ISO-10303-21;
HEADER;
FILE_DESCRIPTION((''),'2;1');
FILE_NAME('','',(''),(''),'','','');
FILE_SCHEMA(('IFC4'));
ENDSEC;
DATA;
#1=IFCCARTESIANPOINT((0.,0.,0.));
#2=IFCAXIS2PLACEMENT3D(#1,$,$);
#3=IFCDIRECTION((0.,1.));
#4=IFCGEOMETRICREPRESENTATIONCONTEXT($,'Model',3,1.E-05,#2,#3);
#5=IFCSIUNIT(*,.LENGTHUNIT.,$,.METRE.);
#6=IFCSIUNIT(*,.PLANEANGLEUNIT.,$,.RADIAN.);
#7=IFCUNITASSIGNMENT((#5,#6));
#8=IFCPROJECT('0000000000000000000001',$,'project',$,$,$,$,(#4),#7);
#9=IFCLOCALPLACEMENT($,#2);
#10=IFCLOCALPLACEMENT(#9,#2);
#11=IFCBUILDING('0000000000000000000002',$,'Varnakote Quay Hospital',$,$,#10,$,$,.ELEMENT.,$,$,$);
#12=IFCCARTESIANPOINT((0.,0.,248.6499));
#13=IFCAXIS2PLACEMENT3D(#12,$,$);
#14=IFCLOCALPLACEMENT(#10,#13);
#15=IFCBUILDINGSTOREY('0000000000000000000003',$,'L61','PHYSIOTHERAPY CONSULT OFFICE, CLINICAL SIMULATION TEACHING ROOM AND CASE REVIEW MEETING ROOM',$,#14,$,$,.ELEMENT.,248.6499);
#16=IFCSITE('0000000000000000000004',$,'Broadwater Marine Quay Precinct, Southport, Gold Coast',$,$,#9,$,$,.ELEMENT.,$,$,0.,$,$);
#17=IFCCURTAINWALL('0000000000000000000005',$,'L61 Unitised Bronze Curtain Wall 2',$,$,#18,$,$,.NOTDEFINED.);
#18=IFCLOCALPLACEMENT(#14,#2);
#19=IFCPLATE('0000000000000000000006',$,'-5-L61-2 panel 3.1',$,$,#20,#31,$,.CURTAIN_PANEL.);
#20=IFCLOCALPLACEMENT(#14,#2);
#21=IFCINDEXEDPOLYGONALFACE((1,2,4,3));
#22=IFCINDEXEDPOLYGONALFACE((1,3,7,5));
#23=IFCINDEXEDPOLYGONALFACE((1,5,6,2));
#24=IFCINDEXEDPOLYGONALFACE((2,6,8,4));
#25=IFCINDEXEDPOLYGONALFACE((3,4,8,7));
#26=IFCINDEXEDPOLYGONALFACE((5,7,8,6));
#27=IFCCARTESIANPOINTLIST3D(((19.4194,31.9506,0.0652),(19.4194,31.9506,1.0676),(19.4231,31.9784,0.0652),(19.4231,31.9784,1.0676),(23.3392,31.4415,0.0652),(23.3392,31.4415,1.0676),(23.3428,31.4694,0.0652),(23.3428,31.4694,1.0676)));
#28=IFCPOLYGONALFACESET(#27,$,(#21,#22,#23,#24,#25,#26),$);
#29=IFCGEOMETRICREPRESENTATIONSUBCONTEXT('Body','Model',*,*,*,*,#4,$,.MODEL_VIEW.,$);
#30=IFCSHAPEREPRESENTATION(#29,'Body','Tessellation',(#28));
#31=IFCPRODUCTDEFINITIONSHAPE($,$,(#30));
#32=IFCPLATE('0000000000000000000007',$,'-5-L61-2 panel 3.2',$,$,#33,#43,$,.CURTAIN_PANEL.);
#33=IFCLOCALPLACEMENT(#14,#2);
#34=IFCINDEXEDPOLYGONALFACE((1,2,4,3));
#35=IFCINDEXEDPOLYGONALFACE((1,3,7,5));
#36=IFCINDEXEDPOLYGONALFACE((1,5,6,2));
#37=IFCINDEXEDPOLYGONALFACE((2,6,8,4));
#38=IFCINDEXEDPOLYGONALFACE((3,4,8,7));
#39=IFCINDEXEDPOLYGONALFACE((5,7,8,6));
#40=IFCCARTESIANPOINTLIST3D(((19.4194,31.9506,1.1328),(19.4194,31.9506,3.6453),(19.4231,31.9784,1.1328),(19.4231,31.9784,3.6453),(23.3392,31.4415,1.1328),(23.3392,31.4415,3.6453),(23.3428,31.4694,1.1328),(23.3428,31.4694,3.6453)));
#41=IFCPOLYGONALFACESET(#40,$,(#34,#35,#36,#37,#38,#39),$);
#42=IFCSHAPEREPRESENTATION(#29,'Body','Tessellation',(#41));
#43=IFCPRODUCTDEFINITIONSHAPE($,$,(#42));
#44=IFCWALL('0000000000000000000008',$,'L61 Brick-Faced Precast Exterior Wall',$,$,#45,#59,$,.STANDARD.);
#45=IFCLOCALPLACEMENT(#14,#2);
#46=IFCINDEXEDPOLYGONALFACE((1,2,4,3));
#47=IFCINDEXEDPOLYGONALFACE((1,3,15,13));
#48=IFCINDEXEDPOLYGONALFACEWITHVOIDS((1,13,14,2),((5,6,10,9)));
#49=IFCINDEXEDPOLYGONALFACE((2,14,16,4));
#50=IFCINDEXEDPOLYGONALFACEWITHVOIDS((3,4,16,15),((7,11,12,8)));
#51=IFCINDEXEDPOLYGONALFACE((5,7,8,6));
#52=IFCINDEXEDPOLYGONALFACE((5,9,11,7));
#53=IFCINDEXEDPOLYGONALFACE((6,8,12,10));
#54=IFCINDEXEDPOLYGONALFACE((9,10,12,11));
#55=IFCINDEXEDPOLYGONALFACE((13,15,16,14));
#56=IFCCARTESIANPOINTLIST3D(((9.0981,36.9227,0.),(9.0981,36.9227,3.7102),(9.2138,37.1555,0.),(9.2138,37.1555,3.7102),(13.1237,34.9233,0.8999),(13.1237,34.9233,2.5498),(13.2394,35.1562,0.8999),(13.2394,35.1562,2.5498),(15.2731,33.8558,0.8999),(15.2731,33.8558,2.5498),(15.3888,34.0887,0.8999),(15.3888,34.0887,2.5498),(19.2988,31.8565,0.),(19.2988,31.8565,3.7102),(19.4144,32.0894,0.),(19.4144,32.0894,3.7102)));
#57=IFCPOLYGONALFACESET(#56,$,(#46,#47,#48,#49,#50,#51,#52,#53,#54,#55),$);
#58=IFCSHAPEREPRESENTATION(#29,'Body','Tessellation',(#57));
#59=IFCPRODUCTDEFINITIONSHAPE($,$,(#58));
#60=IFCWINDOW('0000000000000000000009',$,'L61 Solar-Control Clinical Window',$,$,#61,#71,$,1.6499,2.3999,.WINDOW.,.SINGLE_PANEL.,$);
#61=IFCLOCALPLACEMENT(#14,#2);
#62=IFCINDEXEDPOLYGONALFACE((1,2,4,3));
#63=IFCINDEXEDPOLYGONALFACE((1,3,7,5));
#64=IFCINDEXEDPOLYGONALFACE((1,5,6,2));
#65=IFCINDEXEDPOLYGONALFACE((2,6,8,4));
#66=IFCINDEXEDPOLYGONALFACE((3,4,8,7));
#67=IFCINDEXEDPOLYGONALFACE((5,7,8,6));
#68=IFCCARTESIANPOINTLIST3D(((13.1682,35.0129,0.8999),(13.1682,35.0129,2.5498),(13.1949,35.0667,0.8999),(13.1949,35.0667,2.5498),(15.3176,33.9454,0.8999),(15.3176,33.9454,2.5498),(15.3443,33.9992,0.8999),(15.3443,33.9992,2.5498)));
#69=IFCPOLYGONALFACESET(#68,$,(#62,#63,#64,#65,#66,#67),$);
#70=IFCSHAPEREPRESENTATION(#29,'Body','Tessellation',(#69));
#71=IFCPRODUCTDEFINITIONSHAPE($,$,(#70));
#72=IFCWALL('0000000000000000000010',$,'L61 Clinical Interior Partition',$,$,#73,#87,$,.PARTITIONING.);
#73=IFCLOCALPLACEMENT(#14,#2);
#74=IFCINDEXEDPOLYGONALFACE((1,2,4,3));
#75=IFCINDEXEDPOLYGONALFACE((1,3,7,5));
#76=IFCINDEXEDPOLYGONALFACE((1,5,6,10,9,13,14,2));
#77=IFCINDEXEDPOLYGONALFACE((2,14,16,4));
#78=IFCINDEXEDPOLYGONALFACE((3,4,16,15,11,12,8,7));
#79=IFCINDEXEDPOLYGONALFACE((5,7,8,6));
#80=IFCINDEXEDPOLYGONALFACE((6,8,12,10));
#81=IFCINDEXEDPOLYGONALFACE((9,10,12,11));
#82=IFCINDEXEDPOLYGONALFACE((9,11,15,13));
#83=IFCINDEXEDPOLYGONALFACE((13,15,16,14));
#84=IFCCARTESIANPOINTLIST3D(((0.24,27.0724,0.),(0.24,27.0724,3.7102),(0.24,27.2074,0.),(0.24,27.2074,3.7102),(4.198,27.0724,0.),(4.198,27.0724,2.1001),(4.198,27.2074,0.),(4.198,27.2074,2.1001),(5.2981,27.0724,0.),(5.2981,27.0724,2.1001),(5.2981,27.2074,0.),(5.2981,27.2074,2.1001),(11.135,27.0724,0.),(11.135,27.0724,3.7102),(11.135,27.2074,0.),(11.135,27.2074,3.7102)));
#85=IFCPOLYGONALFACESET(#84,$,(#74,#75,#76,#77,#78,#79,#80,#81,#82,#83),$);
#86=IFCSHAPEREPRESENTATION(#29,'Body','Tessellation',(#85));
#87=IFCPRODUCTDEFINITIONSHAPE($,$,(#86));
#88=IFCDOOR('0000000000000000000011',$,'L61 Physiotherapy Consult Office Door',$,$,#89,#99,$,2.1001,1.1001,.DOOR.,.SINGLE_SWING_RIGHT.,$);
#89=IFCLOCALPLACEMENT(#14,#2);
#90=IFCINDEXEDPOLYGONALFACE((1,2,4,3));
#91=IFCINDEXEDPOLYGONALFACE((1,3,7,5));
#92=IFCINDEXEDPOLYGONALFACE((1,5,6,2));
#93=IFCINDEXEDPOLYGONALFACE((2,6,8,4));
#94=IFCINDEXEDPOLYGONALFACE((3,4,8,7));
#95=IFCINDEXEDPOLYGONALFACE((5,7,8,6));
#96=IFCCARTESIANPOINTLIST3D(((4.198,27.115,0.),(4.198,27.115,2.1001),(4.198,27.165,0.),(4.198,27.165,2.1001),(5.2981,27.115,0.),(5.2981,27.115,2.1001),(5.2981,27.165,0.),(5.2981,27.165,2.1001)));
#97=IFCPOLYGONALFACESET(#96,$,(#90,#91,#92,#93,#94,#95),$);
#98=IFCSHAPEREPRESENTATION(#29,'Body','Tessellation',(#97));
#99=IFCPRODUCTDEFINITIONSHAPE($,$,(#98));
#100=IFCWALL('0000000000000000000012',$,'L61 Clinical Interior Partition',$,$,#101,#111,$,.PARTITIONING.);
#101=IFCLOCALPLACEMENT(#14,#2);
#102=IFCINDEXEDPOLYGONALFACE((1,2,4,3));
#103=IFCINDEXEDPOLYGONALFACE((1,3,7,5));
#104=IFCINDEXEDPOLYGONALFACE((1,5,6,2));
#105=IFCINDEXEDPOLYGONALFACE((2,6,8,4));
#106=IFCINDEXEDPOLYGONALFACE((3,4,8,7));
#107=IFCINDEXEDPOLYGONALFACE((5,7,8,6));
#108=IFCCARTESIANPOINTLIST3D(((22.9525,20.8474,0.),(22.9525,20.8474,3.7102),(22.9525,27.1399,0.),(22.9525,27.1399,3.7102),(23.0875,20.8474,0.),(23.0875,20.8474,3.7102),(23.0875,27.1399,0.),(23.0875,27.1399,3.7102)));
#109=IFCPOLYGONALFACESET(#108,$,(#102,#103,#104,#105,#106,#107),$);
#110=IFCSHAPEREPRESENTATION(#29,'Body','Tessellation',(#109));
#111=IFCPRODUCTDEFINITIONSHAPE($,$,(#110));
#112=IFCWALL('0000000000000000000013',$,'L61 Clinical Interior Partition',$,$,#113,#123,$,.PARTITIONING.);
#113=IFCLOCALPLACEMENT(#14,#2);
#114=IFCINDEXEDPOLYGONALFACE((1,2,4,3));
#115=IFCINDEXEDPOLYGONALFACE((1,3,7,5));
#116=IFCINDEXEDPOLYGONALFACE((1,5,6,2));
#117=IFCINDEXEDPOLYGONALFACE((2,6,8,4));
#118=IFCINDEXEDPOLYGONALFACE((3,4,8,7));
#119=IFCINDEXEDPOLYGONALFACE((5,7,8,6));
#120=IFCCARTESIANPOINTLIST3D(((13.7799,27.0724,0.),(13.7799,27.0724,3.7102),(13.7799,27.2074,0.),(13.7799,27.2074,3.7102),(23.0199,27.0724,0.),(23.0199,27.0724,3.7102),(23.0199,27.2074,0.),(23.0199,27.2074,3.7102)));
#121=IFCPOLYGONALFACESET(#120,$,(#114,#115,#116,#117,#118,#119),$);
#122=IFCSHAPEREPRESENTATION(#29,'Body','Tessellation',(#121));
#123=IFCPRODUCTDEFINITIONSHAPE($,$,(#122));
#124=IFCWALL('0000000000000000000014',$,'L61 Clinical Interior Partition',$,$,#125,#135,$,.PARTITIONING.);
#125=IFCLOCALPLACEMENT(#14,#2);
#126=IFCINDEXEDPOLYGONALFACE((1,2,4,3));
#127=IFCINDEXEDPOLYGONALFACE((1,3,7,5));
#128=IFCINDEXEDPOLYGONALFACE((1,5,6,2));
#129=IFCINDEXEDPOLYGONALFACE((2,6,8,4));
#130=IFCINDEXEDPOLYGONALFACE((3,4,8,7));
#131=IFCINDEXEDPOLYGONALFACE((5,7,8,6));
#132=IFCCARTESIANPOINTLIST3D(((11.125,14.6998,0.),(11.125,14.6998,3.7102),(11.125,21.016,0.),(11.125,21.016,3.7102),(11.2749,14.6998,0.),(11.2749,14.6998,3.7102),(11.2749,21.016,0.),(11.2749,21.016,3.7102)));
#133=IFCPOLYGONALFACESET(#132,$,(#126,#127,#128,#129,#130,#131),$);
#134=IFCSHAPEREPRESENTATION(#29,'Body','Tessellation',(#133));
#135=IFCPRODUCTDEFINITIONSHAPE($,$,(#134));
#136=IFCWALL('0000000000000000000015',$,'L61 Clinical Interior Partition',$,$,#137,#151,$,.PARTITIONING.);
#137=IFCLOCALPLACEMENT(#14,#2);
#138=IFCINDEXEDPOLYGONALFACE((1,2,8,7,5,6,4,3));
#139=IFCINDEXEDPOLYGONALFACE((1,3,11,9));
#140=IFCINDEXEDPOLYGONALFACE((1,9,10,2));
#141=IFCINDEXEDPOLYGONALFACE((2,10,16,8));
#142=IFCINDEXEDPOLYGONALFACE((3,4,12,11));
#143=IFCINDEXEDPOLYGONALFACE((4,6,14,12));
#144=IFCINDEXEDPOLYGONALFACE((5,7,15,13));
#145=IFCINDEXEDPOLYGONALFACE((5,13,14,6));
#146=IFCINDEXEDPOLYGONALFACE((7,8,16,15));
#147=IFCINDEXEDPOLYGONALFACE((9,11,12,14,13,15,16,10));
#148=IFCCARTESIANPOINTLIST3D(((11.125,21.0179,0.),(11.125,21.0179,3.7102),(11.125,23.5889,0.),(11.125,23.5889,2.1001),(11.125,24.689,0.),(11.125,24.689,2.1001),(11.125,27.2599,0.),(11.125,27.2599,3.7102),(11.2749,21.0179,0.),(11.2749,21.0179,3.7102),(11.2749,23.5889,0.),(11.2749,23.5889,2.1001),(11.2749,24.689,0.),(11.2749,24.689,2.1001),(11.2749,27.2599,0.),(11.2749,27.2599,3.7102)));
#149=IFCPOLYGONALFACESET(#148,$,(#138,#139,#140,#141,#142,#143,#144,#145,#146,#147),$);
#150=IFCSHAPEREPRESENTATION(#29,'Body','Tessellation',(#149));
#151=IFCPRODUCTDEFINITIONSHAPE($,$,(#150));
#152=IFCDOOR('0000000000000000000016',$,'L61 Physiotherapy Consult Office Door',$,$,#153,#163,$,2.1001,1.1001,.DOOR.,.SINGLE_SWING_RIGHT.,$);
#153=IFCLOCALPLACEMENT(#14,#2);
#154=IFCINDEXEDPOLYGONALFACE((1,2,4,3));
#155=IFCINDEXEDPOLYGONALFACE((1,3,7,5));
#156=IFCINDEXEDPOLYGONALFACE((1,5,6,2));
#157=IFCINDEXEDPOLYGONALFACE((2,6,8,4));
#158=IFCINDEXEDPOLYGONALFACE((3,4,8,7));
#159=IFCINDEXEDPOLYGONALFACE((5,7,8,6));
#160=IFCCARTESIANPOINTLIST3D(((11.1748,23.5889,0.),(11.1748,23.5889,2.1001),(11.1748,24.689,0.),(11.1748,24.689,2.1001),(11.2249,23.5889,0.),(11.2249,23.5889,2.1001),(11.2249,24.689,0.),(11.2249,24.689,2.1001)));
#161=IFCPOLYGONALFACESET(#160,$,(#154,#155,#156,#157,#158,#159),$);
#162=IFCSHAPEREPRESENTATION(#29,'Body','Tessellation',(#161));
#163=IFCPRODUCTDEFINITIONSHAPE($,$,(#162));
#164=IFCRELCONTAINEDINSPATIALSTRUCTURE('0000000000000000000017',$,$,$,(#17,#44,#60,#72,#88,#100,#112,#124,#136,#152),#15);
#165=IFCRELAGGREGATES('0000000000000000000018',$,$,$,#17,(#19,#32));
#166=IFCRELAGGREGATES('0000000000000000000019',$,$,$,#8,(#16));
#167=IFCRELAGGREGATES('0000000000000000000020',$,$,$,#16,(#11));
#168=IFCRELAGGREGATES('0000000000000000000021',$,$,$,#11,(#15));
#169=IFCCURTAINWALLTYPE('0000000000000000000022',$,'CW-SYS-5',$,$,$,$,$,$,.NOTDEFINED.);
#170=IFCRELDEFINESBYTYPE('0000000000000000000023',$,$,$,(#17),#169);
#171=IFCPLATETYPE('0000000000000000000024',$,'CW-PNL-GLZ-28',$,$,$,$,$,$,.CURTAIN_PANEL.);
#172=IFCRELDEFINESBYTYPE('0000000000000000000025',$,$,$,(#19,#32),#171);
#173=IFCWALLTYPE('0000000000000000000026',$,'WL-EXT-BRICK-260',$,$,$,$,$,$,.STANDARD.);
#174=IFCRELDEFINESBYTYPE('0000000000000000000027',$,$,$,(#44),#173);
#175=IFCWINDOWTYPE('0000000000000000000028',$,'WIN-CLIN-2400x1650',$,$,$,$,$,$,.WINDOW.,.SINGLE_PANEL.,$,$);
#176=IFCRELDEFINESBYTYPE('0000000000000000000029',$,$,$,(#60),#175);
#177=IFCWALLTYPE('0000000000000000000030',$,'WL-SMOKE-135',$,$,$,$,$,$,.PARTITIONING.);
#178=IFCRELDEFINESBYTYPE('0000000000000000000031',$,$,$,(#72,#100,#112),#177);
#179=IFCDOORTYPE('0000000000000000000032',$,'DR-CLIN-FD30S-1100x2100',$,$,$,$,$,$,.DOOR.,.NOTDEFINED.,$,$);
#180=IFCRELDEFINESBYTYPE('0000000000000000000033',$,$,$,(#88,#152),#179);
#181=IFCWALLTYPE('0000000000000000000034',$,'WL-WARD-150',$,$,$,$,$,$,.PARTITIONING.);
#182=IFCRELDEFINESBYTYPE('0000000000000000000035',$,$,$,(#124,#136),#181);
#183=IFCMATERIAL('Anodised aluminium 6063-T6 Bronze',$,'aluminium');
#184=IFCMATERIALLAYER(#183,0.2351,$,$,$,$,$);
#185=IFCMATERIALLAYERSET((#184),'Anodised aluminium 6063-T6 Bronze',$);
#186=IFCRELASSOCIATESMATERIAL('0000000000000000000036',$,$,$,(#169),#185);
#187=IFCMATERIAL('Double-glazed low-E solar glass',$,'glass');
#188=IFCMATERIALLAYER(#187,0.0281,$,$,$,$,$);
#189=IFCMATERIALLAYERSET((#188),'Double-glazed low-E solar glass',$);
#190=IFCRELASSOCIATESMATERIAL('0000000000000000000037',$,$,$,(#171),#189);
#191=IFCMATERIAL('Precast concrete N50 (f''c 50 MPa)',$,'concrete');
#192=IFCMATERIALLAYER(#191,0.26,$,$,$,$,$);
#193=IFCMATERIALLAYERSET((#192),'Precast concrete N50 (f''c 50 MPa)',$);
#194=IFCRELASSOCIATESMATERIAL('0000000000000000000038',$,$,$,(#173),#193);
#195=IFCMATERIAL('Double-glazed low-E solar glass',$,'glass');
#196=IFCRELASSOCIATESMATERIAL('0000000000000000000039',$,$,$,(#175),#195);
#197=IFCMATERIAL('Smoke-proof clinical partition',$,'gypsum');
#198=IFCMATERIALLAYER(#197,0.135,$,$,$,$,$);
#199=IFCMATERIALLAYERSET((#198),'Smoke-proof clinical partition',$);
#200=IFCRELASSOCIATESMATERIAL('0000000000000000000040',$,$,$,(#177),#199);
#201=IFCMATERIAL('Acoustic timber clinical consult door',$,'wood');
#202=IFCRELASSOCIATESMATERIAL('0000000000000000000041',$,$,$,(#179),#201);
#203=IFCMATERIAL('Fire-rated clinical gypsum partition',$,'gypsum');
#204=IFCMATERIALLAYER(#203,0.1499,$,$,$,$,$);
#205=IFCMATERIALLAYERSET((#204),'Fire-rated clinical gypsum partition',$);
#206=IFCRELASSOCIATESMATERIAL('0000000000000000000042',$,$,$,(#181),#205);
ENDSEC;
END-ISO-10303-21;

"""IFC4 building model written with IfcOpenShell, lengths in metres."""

from ifc_helpers import new_model, si_unit, direction, frame, frame_2d, origin, origin_2d, place, context, subcontext, project, spatial, rectangle, extrude, material, layer, layer_set, type_object, element, fill, aggregate, save


model = new_model("IFC4")

# Units and contexts
model_context = context("Model", 3, precision=1e-05, world=origin(), true_north=direction((0.0, 1.0)))
body_context = subcontext(model_context, "Body", "Model", "MODEL_VIEW")
ifc_project = project(units=[si_unit("LENGTHUNIT", "METRE"), si_unit("PLANEANGLEUNIT", "RADIAN")], contexts=[model_context])

# Site, building, storey
site_placement = place(None, origin())
site = spatial("IfcSite", under=ifc_project, at=site_placement, Name="Broadwater Marine Quay Precinct, Southport, Gold Coast", CompositionType="ELEMENT", RefElevation=0.0)
building_placement = place(site_placement, origin())
building = spatial("IfcBuilding", under=site, at=building_placement, Name="Varnakote Quay Hospital", CompositionType="ELEMENT")
storey_placement = place(building_placement, frame((0.0, 0.0, 248.6499)))
storey = spatial("IfcBuildingStorey", under=building, at=storey_placement, Name="L61", Description="PHYSIOTHERAPY CONSULT OFFICE, CLINICAL SIMULATION TEACHING ROOM AND CASE REVIEW MEETING ROOM", CompositionType="ELEMENT", Elevation=248.6499)

# Curtain wall
ifc_material_1 = material(Name="Anodised aluminium 6063-T6 Bronze", Category="aluminium")
ifc_layer_1 = layer(ifc_material_1, 0.2351)
ifc_layer_set_1 = layer_set([ifc_layer_1], Name="Anodised aluminium 6063-T6 Bronze")
curtain_wall_type = type_object("IfcCurtainWallType", Name="CW-SYS-5", PredefinedType="NOTDEFINED", material=ifc_layer_set_1)
curtain_wall_placement = place(storey_placement, origin())
curtain_wall = element("IfcCurtainWall", 1, at=curtain_wall_placement, inside=storey, type_object=curtain_wall_type, Name="L61 Unitised Bronze Curtain Wall 2", PredefinedType="NOTDEFINED")

# Plates
ifc_material_2 = material(Name="Double-glazed low-E solar glass", Category="glass")
ifc_layer_2 = layer(ifc_material_2, 0.0281)
ifc_layer_set_2 = layer_set([ifc_layer_2], Name="Double-glazed low-E solar glass")
plate_type = type_object("IfcPlateType", Name="CW-PNL-GLZ-28", PredefinedType="CURTAIN_PANEL", material=ifc_layer_set_2)
plate_1_placement = place(storey_placement, frame((21.3811, 31.71, 0.0652), z_axis=(0.0, 0.0, 1.0), x_axis=(-0.991672, 0.128787, 0.0)))
plate_1 = element("IfcPlate", 2, at=plate_1_placement, type_object=plate_type, Name="-5-L61-2 panel 3.1", PredefinedType="CURTAIN_PANEL", context=body_context, shape_type="SweptSolid", body=[
    extrude(rectangle(XDim=3.9526, YDim=0.0281, at=origin_2d()), origin(), (0.0, 0.0, 1.0), 1.0024),
])
plate_2_placement = place(storey_placement, frame((21.3811, 31.71, 1.1328), z_axis=(0.0, 0.0, 1.0), x_axis=(-0.991672, 0.128787, 0.0)))
plate_2 = element("IfcPlate", 3, at=plate_2_placement, type_object=plate_type, Name="-5-L61-2 panel 3.2", PredefinedType="CURTAIN_PANEL", context=body_context, shape_type="SweptSolid", body=[
    extrude(rectangle(XDim=3.9526, YDim=0.0281, at=origin_2d()), origin(), (0.0, 0.0, 1.0), 2.5125),
])
aggregate(curtain_wall, [plate_1, plate_2])

# Wall, opening, window
ifc_material_3 = material(Name="Precast concrete N50 (f'c 50 MPa)", Category="concrete")
ifc_layer_3 = layer(ifc_material_3, 0.26)
ifc_layer_set_3 = layer_set([ifc_layer_3], Name="Precast concrete N50 (f'c 50 MPa)")
wall_type_1 = type_object("IfcWallType", Name="WL-EXT-BRICK-260", PredefinedType="STANDARD", material=ifc_layer_set_3)
wall_1_placement = place(storey_placement, frame((19.3567, 31.9729, 0.0), z_axis=(0.0, 0.0, 1.0), x_axis=(-0.895624, 0.444811, 0.0)))
wall_1 = element("IfcWall", 4, at=wall_1_placement, inside=storey, type_object=wall_type_1, Name="L61 Brick-Faced Precast Exterior Wall", PredefinedType="STANDARD", context=body_context, shape_type="SweptSolid", body=[
    extrude(rectangle(XDim=11.3894, YDim=0.26, at=frame_2d((5.6948, 0.0))), origin(), (0.0, 0.0, 1.0), 3.7102),
])
opening_1_placement = place(wall_1_placement, frame((4.4949, 0.0, 0.8999)))
opening_1 = element("IfcOpeningElement", 5, at=opening_1_placement, cuts=wall_1, PredefinedType="OPENING", context=body_context, shape_type="SweptSolid", body=[
    extrude(rectangle(XDim=2.3999, YDim=1.6499, at=frame_2d((1.2, 0.825))), frame((0.0, 0.1399, 0.0), z_axis=(0.0, -1.0, 0.0), x_axis=(1.0, 0.0, 0.0)), (0.0, 0.0, 1.0), 0.28),
])
ifc_material_4 = material(Name="Double-glazed low-E solar glass", Category="glass")
window_type = type_object("IfcWindowType", Name="WIN-CLIN-2400x1650", PartitioningType="SINGLE_PANEL", PredefinedType="WINDOW", material=ifc_material_4)
window_placement = place(opening_1_placement, origin())
window = element("IfcWindow", 6, at=window_placement, inside=storey, type_object=window_type, Name="L61 Solar-Control Clinical Window", OverallHeight=1.6499, OverallWidth=2.3999, PartitioningType="SINGLE_PANEL", PredefinedType="WINDOW", context=body_context, shape_type="SweptSolid", body=[
    extrude(rectangle(XDim=2.3999, YDim=1.6499, at=frame_2d((1.2, 0.825))), frame((0.0, 0.03, 0.0), z_axis=(0.0, -1.0, 0.0), x_axis=(1.0, 0.0, 0.0)), (0.0, 0.0, 1.0), 0.0601),
])
fill(opening_1, window)

# Wall, opening, door
ifc_material_5 = material(Name="Smoke-proof clinical partition", Category="gypsum")
ifc_layer_4 = layer(ifc_material_5, 0.135)
ifc_layer_set_4 = layer_set([ifc_layer_4], Name="Smoke-proof clinical partition")
wall_type_2 = type_object("IfcWallType", Name="WL-SMOKE-135", PredefinedType="PARTITIONING", material=ifc_layer_set_4)
wall_2_placement = place(storey_placement, frame((11.135, 27.1399, 0.0), z_axis=(0.0, 0.0, 1.0), x_axis=(-1.0, 0.0, 0.0)))
wall_2 = element("IfcWall", 7, at=wall_2_placement, inside=storey, type_object=wall_type_2, Name="L61 Clinical Interior Partition", PredefinedType="PARTITIONING", context=body_context, shape_type="SweptSolid", body=[
    extrude(rectangle(XDim=10.895, YDim=0.135, at=frame_2d((5.4475, 0.0))), origin(), (0.0, 0.0, 1.0), 3.7102),
])
opening_2_placement = place(wall_2_placement, frame((5.8369, 0.0, 0.0)))
opening_2 = element("IfcOpeningElement", 8, at=opening_2_placement, cuts=wall_2, PredefinedType="OPENING", context=body_context, shape_type="SweptSolid", body=[
    extrude(rectangle(XDim=1.1001, YDim=2.1001, at=frame_2d((0.55, 1.05))), frame((0.0, 0.0774, 0.0), z_axis=(0.0, -1.0, 0.0), x_axis=(1.0, 0.0, 0.0)), (0.0, 0.0, 1.0), 0.155),
])
ifc_material_6 = material(Name="Acoustic timber clinical consult door", Category="wood")
door_type = type_object("IfcDoorType", Name="DR-CLIN-FD30S-1100x2100", OperationType="NOTDEFINED", PredefinedType="DOOR", material=ifc_material_6)
door_1_placement = place(opening_2_placement, origin())
door_1 = element("IfcDoor", 9, at=door_1_placement, inside=storey, type_object=door_type, Name="L61 Physiotherapy Consult Office Door", OperationType="SINGLE_SWING_RIGHT", OverallHeight=2.1001, OverallWidth=1.1001, PredefinedType="DOOR", context=body_context, shape_type="SweptSolid", body=[
    extrude(rectangle(XDim=1.1001, YDim=2.1001, at=frame_2d((0.55, 1.05))), frame((0.0, 0.0249, 0.0), z_axis=(0.0, -1.0, 0.0), x_axis=(1.0, 0.0, 0.0)), (0.0, 0.0, 1.0), 0.05),
])
fill(opening_2, door_1)

# Walls
wall_3_placement = place(storey_placement, frame((23.02, 20.8474, 0.0), z_axis=(0.0, 0.0, 1.0), x_axis=(0.0, 1.0, 0.0)))
element("IfcWall", 10, at=wall_3_placement, inside=storey, type_object=wall_type_2, Name="L61 Clinical Interior Partition", PredefinedType="PARTITIONING", context=body_context, shape_type="SweptSolid", body=[
    extrude(rectangle(XDim=6.2925, YDim=0.135, at=frame_2d((3.1462, 0.0))), origin(), (0.0, 0.0, 1.0), 3.7102),
])
wall_4_placement = place(storey_placement, frame((23.02, 27.1399, 0.0), z_axis=(0.0, 0.0, 1.0), x_axis=(-1.0, 0.0, 0.0)))
element("IfcWall", 11, at=wall_4_placement, inside=storey, type_object=wall_type_2, Name="L61 Clinical Interior Partition", PredefinedType="PARTITIONING", context=body_context, shape_type="SweptSolid", body=[
    extrude(rectangle(XDim=9.24, YDim=0.135, at=frame_2d((4.6201, 0.0))), origin(), (0.0, 0.0, 1.0), 3.7102),
])
ifc_material_7 = material(Name="Fire-rated clinical gypsum partition", Category="gypsum")
ifc_layer_5 = layer(ifc_material_7, 0.1499)
ifc_layer_set_5 = layer_set([ifc_layer_5], Name="Fire-rated clinical gypsum partition")
wall_type_3 = type_object("IfcWallType", Name="WL-WARD-150", PredefinedType="PARTITIONING", material=ifc_layer_set_5)
wall_5_placement = place(storey_placement, frame((11.2, 21.0161, 0.0), z_axis=(0.0, 0.0, 1.0), x_axis=(0.0, -1.0, 0.0)))
element("IfcWall", 12, at=wall_5_placement, inside=storey, type_object=wall_type_3, Name="L61 Clinical Interior Partition", PredefinedType="PARTITIONING", context=body_context, shape_type="SweptSolid", body=[
    extrude(rectangle(XDim=6.3162, YDim=0.1499, at=frame_2d((3.1582, 0.0))), origin(), (0.0, 0.0, 1.0), 3.7102),
])

# Wall, opening, door
wall_6_placement = place(storey_placement, frame((11.2, 27.26, 0.0), z_axis=(0.0, 0.0, 1.0), x_axis=(0.0, -1.0, 0.0)))
wall_6 = element("IfcWall", 13, at=wall_6_placement, inside=storey, type_object=wall_type_3, Name="L61 Clinical Interior Partition", PredefinedType="PARTITIONING", context=body_context, shape_type="SweptSolid", body=[
    extrude(rectangle(XDim=6.2419, YDim=0.1499, at=frame_2d((3.1211, 0.0))), origin(), (0.0, 0.0, 1.0), 3.7102),
])
opening_3_placement = place(wall_6_placement, frame((2.571, 0.0, 0.0)))
opening_3 = element("IfcOpeningElement", 14, at=opening_3_placement, cuts=wall_6, PredefinedType="OPENING", context=body_context, shape_type="SweptSolid", body=[
    extrude(rectangle(XDim=1.1001, YDim=2.1001, at=frame_2d((0.55, 1.05))), frame((0.0, 0.085, 0.0), z_axis=(0.0, -1.0, 0.0), x_axis=(1.0, 0.0, 0.0)), (0.0, 0.0, 1.0), 0.1699),
])
door_2_placement = place(opening_3_placement, origin())
door_2 = element("IfcDoor", 15, at=door_2_placement, inside=storey, type_object=door_type, Name="L61 Physiotherapy Consult Office Door", OperationType="SINGLE_SWING_RIGHT", OverallHeight=2.1001, OverallWidth=1.1001, PredefinedType="DOOR", context=body_context, shape_type="SweptSolid", body=[
    extrude(rectangle(XDim=1.1001, YDim=2.1001, at=frame_2d((0.55, 1.05))), frame((0.0, 0.0249, 0.0), z_axis=(0.0, -1.0, 0.0), x_axis=(1.0, 0.0, 0.0)), (0.0, 0.0, 1.0), 0.05),
])
fill(opening_3, door_2)

save(model, "model.ifc")
